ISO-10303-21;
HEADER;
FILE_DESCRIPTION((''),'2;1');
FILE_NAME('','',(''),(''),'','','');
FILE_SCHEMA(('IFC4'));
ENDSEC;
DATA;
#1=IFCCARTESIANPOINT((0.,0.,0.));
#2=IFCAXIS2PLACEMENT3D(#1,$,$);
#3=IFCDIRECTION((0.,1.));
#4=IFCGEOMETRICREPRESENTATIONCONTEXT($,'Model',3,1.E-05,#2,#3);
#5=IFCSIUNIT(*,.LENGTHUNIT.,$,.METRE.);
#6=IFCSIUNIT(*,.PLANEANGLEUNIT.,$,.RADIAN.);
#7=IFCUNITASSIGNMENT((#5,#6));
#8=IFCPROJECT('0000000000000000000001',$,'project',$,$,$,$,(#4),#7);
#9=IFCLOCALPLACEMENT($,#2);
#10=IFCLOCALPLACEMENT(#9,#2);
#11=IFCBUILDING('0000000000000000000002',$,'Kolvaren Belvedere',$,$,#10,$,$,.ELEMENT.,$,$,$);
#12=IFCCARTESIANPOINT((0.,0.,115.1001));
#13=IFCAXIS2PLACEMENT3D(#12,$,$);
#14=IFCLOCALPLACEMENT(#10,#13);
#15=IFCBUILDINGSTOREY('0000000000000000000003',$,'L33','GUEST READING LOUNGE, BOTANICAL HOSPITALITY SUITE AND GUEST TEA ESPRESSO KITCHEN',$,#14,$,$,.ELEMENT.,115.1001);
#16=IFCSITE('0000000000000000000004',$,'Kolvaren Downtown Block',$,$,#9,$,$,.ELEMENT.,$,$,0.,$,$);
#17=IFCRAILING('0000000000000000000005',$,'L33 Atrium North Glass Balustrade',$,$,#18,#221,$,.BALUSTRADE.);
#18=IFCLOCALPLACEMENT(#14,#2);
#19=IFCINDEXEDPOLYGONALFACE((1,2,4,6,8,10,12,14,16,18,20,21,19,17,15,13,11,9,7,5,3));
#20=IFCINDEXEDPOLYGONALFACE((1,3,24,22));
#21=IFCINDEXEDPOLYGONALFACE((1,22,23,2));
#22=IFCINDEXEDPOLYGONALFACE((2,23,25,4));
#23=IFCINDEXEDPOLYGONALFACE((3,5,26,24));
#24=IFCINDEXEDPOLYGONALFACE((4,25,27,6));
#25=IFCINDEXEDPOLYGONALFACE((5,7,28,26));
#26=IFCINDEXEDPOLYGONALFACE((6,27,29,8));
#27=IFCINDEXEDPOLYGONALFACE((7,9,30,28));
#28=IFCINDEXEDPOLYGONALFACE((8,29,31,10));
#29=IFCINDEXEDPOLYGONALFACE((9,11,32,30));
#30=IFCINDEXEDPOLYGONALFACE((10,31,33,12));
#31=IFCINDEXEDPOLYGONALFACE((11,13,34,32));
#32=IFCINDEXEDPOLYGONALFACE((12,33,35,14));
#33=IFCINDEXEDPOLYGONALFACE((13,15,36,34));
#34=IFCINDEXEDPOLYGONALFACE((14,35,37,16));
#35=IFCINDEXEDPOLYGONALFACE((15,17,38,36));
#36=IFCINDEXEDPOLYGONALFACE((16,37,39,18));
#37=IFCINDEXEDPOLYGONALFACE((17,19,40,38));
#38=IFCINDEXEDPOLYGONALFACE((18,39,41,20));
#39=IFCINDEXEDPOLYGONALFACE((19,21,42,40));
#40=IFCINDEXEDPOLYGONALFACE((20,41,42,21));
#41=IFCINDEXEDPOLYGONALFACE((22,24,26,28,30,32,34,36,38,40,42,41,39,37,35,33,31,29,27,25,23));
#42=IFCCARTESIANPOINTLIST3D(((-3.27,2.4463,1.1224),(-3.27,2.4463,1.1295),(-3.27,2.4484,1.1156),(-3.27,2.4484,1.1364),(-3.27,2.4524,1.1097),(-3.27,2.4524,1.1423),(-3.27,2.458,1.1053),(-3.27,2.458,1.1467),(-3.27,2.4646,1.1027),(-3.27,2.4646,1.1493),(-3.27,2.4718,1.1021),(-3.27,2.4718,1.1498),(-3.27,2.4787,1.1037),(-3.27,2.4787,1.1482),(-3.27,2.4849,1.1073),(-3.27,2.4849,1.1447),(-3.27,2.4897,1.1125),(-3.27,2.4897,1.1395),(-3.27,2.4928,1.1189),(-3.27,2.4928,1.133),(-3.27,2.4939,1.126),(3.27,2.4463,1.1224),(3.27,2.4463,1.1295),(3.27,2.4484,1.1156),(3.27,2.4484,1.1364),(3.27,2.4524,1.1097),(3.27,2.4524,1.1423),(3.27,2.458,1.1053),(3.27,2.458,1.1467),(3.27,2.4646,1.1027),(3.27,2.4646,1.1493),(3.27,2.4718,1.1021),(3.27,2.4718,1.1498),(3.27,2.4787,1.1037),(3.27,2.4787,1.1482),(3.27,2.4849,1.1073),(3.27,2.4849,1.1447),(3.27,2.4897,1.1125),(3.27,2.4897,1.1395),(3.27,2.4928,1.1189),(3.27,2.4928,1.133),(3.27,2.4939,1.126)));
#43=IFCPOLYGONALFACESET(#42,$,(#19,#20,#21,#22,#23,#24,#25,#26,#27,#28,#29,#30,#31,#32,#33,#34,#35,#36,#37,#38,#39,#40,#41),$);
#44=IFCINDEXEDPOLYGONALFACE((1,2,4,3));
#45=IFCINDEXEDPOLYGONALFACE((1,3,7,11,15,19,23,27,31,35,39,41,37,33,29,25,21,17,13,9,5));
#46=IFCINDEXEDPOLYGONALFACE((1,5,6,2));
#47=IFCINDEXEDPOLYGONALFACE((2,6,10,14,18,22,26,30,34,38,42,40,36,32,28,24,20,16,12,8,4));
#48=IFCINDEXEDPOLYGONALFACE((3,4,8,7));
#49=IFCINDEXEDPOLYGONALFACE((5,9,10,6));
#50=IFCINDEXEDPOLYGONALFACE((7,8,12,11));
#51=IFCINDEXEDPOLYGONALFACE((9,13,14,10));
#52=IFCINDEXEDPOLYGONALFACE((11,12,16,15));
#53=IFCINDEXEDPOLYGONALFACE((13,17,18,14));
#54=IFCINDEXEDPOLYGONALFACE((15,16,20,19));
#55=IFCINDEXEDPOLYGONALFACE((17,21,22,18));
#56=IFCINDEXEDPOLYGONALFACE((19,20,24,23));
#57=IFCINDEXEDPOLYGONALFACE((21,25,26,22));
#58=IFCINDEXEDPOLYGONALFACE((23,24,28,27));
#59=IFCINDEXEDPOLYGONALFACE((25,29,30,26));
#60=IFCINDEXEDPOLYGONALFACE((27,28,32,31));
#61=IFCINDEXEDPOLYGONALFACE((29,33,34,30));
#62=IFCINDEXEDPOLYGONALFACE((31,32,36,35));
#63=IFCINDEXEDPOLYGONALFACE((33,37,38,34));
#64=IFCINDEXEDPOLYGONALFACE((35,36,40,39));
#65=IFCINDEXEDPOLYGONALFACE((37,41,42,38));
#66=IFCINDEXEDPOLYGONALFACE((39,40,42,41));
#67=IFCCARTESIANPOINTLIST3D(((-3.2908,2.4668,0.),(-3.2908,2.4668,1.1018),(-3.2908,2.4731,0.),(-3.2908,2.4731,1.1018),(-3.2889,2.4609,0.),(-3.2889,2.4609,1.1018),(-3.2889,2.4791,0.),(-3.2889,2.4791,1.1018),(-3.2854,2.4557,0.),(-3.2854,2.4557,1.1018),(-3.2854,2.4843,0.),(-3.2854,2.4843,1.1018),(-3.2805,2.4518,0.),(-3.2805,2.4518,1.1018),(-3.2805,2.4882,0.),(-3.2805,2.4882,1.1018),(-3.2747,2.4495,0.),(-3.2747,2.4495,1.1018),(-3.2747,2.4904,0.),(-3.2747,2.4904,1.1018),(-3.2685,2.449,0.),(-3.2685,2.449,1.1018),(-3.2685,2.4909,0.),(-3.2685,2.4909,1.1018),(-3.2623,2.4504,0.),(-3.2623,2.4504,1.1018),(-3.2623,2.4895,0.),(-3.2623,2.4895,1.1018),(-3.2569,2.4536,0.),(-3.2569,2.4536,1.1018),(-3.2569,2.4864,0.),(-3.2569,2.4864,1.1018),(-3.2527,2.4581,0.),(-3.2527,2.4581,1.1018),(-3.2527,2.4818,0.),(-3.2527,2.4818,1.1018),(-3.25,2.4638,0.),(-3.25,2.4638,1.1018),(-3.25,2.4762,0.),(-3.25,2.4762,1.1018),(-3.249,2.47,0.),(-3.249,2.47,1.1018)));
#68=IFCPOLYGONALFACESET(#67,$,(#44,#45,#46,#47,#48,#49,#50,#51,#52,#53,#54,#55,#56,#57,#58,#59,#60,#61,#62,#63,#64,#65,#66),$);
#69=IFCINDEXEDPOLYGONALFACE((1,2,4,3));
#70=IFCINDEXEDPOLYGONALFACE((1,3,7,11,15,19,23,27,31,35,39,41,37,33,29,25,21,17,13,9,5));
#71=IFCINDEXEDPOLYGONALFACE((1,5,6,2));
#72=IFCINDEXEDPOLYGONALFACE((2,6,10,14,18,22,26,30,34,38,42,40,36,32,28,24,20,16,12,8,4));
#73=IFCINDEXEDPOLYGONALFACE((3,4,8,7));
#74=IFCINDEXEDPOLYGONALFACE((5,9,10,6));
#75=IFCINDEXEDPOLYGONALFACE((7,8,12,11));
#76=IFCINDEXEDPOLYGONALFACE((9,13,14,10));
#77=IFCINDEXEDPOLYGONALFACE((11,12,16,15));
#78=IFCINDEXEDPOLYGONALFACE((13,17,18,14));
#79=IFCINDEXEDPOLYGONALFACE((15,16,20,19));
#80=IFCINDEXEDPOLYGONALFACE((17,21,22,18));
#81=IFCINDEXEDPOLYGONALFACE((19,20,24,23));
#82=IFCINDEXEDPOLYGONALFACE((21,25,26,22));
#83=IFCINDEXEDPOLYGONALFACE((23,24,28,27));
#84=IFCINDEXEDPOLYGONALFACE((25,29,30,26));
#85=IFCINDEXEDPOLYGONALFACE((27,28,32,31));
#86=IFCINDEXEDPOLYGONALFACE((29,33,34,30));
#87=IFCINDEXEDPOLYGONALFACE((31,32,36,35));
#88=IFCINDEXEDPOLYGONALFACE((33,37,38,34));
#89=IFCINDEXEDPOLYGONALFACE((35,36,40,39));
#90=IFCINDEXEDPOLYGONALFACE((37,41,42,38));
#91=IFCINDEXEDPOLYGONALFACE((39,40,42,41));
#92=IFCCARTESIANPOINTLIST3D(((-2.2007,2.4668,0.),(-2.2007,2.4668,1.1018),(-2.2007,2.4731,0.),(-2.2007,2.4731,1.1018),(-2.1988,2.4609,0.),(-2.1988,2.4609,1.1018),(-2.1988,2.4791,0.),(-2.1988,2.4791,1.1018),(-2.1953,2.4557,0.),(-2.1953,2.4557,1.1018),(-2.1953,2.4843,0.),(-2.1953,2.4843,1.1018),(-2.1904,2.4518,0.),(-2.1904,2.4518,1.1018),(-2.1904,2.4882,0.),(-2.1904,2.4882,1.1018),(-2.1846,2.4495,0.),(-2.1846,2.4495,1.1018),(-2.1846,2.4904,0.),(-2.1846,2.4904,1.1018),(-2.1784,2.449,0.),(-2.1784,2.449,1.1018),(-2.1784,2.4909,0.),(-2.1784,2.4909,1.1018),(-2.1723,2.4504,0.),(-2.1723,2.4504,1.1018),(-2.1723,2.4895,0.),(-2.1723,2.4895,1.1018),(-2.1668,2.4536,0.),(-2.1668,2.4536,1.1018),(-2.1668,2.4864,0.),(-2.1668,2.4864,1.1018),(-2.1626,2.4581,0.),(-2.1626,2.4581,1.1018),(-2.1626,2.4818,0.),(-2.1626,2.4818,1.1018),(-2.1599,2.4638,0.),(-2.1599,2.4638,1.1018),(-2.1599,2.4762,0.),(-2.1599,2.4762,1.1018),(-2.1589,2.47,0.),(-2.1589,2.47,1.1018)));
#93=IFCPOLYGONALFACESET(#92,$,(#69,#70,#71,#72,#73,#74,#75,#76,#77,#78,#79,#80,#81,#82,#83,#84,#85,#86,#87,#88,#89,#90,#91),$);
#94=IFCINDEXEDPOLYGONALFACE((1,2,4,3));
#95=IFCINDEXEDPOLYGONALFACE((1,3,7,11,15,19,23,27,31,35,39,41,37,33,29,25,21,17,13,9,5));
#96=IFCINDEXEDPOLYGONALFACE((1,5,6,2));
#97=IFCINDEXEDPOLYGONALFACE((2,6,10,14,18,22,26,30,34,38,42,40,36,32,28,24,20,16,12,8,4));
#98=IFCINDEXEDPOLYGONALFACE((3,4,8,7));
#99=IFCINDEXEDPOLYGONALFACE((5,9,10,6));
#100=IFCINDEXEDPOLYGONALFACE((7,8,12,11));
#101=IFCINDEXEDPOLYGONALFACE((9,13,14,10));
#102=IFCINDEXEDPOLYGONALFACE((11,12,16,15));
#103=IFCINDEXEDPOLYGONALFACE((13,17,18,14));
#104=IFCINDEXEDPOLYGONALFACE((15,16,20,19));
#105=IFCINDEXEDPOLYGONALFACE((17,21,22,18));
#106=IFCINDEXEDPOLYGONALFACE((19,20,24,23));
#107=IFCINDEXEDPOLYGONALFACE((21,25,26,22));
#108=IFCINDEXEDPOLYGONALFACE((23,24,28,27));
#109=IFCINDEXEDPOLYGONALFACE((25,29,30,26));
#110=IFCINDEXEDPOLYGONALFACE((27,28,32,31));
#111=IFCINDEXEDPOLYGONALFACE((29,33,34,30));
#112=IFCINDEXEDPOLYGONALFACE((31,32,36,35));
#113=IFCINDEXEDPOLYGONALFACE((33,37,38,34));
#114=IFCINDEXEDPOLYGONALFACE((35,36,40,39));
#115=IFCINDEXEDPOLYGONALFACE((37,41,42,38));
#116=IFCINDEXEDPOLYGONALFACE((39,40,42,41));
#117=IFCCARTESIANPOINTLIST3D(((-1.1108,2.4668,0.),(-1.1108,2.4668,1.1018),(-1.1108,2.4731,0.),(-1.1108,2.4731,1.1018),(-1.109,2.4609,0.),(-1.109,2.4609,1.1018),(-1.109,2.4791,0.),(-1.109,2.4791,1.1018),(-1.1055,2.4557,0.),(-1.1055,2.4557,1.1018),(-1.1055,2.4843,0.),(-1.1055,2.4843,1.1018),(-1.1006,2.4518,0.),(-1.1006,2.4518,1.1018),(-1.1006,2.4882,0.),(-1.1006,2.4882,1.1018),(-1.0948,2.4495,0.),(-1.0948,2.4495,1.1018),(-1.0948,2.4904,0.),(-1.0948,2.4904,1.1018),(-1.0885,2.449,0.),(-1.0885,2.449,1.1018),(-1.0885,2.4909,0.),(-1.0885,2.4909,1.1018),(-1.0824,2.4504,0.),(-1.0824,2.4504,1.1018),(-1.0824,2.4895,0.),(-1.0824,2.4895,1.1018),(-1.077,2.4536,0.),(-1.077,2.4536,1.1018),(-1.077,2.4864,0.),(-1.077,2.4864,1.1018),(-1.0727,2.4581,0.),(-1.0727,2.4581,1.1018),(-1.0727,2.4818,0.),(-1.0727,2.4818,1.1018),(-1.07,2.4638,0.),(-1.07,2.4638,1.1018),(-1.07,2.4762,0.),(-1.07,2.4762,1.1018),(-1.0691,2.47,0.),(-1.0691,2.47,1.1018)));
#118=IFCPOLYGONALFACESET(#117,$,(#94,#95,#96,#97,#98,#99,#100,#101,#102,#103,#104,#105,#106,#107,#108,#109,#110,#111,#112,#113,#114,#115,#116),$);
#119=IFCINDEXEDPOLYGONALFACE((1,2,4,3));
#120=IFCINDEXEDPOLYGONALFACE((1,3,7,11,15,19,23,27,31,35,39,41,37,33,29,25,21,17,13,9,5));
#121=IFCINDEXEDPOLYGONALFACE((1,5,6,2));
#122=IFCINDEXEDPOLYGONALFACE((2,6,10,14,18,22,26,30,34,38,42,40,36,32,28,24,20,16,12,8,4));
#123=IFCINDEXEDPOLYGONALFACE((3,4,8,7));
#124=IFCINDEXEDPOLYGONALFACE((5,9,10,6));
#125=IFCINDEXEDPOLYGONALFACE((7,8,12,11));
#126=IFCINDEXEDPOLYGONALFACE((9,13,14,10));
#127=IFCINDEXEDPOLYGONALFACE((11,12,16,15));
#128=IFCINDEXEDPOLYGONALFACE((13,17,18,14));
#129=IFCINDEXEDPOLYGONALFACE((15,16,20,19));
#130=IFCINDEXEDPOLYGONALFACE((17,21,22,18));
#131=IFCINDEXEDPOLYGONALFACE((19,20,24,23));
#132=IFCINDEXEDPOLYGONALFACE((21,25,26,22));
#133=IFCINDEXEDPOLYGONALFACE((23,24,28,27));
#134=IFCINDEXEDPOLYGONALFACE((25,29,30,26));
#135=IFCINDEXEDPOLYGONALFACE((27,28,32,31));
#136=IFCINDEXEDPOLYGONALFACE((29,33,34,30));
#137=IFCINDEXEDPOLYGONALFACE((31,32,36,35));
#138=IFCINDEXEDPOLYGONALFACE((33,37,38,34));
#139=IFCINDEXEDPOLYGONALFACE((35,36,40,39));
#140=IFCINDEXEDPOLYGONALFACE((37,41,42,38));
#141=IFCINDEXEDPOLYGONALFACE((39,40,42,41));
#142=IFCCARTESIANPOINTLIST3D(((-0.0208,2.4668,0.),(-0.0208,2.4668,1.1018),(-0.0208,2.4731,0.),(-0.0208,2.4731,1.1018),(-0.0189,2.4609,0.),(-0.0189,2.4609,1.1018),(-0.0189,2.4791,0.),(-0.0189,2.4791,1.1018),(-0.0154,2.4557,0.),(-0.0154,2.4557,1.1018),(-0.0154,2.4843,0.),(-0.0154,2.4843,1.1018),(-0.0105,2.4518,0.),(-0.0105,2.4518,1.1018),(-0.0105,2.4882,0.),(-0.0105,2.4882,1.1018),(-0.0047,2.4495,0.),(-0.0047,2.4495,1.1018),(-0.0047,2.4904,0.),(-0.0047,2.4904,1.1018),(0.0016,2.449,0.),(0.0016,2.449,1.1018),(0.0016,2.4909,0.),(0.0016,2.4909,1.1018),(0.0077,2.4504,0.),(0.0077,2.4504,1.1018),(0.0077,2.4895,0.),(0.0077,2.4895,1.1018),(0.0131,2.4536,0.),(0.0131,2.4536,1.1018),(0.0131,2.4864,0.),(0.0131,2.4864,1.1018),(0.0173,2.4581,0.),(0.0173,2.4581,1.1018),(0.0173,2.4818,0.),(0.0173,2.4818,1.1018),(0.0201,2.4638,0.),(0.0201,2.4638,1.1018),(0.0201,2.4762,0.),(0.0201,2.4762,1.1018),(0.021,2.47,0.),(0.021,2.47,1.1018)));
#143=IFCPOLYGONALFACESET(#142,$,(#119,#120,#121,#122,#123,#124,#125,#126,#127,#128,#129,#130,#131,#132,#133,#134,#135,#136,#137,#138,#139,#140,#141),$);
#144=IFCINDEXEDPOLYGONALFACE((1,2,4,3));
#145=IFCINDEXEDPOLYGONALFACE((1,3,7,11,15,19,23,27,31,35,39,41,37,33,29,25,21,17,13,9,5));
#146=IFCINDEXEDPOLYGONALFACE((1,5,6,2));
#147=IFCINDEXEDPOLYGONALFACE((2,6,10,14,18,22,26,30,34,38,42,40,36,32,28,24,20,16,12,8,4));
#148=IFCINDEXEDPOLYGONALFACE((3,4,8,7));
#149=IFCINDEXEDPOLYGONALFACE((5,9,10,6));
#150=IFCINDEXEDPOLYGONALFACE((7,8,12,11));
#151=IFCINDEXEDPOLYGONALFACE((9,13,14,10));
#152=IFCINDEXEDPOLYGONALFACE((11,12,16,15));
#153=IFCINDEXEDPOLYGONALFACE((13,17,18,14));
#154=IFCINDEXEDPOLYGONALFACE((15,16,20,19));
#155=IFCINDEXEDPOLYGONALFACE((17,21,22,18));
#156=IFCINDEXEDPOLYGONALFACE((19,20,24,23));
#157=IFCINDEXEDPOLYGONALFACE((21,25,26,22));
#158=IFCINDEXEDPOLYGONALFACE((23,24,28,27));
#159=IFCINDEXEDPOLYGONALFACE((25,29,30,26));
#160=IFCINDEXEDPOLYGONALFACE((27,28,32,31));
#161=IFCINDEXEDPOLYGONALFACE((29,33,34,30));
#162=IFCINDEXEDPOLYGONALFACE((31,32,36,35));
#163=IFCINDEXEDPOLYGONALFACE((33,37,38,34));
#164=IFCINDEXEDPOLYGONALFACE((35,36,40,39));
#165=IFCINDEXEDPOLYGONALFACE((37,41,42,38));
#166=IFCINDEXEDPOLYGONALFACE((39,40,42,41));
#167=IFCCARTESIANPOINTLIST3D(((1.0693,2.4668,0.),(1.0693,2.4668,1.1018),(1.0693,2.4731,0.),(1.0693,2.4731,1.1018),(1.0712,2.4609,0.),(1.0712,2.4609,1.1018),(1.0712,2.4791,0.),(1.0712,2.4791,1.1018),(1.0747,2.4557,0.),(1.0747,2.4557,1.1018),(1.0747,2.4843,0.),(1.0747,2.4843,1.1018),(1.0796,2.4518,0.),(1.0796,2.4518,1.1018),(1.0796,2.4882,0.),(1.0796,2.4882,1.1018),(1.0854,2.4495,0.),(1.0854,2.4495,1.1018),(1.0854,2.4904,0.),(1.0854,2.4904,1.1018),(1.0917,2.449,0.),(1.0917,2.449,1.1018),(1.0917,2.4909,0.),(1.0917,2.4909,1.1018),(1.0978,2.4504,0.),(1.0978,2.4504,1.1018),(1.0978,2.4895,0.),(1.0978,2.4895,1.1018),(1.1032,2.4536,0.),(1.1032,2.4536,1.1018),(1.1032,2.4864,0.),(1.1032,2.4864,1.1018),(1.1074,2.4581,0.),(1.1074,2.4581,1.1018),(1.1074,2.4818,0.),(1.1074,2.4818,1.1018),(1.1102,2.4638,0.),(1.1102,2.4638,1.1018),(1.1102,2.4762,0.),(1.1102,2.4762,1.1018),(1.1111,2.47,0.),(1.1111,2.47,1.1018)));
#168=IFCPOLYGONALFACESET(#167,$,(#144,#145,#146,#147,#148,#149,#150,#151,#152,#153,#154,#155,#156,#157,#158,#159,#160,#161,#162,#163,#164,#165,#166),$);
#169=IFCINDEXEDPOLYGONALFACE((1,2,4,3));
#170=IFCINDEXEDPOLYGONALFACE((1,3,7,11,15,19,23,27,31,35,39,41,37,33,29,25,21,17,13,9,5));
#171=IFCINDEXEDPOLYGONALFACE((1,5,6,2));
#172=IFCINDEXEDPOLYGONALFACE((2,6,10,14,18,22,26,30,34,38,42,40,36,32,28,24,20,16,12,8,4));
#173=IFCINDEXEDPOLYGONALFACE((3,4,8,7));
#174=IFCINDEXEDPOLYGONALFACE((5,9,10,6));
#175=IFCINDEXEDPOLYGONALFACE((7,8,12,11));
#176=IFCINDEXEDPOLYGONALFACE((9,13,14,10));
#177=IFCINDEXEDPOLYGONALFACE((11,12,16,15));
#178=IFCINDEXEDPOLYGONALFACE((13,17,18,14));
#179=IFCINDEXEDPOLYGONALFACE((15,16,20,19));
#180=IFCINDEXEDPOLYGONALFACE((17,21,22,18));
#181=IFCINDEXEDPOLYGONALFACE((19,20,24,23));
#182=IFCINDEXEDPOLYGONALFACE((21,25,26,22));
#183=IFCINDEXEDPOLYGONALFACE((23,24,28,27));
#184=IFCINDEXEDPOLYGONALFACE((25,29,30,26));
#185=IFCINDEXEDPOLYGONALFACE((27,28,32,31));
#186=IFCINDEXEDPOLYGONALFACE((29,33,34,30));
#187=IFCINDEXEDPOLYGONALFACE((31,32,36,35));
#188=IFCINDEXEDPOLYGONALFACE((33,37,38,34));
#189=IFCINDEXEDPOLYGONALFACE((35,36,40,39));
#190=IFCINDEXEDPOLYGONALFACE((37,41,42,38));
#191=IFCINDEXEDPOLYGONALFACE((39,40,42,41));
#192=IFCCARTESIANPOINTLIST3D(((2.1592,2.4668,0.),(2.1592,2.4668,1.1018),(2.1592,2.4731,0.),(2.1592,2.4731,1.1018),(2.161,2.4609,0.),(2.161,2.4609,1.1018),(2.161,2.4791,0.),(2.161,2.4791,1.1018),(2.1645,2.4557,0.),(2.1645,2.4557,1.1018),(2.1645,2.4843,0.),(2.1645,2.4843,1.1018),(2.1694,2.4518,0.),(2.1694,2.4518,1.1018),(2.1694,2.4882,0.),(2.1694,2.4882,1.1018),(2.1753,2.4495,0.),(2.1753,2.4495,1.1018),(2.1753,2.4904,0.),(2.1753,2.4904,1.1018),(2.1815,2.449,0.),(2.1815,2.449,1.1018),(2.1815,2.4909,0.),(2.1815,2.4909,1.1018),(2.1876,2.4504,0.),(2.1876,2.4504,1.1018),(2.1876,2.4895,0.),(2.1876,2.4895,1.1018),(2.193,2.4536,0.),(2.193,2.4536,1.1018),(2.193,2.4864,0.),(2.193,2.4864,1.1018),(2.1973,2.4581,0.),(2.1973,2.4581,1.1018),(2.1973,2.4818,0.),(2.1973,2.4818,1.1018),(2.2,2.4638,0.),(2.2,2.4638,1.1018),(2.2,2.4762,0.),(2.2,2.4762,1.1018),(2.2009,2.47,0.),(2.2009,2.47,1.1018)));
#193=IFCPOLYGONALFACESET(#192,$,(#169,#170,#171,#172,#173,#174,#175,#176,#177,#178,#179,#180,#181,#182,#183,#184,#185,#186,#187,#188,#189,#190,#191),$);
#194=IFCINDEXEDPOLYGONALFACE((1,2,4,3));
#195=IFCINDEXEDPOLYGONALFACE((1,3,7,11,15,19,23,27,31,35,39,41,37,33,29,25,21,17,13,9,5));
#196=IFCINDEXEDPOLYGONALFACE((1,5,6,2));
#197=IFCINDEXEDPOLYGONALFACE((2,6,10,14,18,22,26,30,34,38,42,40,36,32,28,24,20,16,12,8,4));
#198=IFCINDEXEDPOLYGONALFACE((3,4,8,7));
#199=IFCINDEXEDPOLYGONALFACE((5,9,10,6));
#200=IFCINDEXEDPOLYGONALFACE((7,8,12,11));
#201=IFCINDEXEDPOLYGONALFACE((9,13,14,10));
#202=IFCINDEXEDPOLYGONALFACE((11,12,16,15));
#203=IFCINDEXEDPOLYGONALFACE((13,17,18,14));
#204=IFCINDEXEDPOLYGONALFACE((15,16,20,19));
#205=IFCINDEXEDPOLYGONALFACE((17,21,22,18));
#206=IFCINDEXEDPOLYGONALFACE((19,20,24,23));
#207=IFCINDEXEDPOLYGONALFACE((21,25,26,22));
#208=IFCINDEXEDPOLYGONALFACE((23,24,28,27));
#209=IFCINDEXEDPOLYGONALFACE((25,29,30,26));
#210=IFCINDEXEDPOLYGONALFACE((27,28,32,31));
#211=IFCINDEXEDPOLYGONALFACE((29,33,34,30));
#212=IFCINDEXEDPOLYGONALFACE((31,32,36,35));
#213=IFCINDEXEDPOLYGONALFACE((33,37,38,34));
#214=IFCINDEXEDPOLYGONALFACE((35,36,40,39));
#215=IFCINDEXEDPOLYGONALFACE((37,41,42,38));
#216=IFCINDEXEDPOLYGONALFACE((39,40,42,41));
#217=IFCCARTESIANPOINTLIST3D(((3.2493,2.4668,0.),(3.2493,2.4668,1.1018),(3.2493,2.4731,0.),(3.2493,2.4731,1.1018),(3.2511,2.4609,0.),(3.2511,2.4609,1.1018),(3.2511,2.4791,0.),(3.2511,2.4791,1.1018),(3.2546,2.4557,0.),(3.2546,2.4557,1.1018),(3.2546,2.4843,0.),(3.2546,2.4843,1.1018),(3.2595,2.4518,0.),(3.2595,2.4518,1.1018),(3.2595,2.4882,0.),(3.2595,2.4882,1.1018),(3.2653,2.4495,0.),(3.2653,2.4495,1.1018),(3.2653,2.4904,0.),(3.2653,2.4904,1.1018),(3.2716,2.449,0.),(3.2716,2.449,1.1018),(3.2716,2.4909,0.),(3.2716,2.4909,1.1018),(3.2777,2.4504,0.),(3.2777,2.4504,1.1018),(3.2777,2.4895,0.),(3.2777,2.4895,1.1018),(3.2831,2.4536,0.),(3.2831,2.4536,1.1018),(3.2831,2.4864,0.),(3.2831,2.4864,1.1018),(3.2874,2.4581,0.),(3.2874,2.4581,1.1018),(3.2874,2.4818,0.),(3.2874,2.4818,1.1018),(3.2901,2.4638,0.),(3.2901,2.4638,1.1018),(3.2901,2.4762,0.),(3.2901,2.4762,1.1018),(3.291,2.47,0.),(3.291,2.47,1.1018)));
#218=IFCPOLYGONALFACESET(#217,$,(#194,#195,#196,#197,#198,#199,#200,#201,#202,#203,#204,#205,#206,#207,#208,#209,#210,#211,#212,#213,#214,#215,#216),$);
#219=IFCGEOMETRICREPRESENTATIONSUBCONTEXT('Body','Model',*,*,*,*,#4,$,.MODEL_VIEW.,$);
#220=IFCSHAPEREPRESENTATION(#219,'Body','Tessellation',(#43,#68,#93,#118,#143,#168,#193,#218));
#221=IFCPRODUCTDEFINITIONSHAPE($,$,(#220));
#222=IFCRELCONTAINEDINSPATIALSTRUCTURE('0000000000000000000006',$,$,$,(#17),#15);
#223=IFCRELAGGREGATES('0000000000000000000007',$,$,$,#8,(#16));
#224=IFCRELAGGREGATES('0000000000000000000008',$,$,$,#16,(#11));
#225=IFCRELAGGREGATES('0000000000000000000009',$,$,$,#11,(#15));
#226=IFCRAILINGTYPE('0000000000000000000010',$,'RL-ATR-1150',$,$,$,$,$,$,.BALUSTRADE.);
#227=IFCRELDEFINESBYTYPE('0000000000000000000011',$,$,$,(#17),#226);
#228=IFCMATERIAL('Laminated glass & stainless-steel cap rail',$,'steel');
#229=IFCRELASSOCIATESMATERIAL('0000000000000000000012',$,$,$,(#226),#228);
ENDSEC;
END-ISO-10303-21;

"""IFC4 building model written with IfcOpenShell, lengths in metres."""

from ifc_helpers import new_model, si_unit, direction, frame, origin, origin_2d, place, context, subcontext, project, spatial, circle, extrude, material, type_object, element, save


model = new_model("IFC4")

# Units and contexts
model_context = context("Model", 3, precision=1e-05, world=origin(), true_north=direction((0.0, 1.0)))
body_context = subcontext(model_context, "Body", "Model", "MODEL_VIEW")
ifc_project = project(units=[si_unit("LENGTHUNIT", "METRE"), si_unit("PLANEANGLEUNIT", "RADIAN")], contexts=[model_context])

# Site, building, storey
site_placement = place(None, origin())
site = spatial("IfcSite", under=ifc_project, at=site_placement, Name="Kolvaren Downtown Block", CompositionType="ELEMENT", RefElevation=0.0)
building_placement = place(site_placement, origin())
building = spatial("IfcBuilding", under=site, at=building_placement, Name="Kolvaren Belvedere", CompositionType="ELEMENT")
storey_placement = place(building_placement, frame((0.0, 0.0, 115.1001)))
storey = spatial("IfcBuildingStorey", under=building, at=storey_placement, Name="L33", Description="GUEST READING LOUNGE, BOTANICAL HOSPITALITY SUITE AND GUEST TEA ESPRESSO KITCHEN", CompositionType="ELEMENT", Elevation=115.1001)

# Railing
ifc_material_1 = material(Name="Laminated glass & stainless-steel cap rail", Category="steel")
railing_type_1 = type_object("IfcRailingType", Name="RL-ATR-1150", PredefinedType="BALUSTRADE", material=ifc_material_1)
railing_1_placement = place(storey_placement, frame((-3.27, 2.47, 0.0)))
element("IfcRailing", 1, at=railing_1_placement, inside=storey, type_object=railing_type_1, Name="L33 Atrium North Glass Balustrade", PredefinedType="BALUSTRADE", context=body_context, shape_type="SweptSolid", body=[
    extrude(circle(Radius=0.0239, at=origin_2d()), frame((0.0, 0.0, 1.126), z_axis=(1.0, 0.0, 0.0), x_axis=(0.0, 1.0, 0.0)), (0.0, 0.0, 1.0), 6.54),
    extrude(circle(Radius=0.021, at=origin_2d()), origin(), (0.0, 0.0, 1.0), 1.1018),
    extrude(circle(Radius=0.021, at=origin_2d()), frame((1.0901, 0.0, 0.0)), (0.0, 0.0, 1.0), 1.1018),
    extrude(circle(Radius=0.021, at=origin_2d()), frame((2.1799, 0.0, 0.0)), (0.0, 0.0, 1.0), 1.1018),
    extrude(circle(Radius=0.021, at=origin_2d()), frame((3.27, 0.0, 0.0)), (0.0, 0.0, 1.0), 1.1018),
    extrude(circle(Radius=0.021, at=origin_2d()), frame((4.3601, 0.0, 0.0)), (0.0, 0.0, 1.0), 1.1018),
    extrude(circle(Radius=0.021, at=origin_2d()), frame((5.45, 0.0, 0.0)), (0.0, 0.0, 1.0), 1.1018),
    extrude(circle(Radius=0.021, at=origin_2d()), frame((6.54, 0.0, 0.0)), (0.0, 0.0, 1.0), 1.1018),
])

save(model, "model.ifc")
